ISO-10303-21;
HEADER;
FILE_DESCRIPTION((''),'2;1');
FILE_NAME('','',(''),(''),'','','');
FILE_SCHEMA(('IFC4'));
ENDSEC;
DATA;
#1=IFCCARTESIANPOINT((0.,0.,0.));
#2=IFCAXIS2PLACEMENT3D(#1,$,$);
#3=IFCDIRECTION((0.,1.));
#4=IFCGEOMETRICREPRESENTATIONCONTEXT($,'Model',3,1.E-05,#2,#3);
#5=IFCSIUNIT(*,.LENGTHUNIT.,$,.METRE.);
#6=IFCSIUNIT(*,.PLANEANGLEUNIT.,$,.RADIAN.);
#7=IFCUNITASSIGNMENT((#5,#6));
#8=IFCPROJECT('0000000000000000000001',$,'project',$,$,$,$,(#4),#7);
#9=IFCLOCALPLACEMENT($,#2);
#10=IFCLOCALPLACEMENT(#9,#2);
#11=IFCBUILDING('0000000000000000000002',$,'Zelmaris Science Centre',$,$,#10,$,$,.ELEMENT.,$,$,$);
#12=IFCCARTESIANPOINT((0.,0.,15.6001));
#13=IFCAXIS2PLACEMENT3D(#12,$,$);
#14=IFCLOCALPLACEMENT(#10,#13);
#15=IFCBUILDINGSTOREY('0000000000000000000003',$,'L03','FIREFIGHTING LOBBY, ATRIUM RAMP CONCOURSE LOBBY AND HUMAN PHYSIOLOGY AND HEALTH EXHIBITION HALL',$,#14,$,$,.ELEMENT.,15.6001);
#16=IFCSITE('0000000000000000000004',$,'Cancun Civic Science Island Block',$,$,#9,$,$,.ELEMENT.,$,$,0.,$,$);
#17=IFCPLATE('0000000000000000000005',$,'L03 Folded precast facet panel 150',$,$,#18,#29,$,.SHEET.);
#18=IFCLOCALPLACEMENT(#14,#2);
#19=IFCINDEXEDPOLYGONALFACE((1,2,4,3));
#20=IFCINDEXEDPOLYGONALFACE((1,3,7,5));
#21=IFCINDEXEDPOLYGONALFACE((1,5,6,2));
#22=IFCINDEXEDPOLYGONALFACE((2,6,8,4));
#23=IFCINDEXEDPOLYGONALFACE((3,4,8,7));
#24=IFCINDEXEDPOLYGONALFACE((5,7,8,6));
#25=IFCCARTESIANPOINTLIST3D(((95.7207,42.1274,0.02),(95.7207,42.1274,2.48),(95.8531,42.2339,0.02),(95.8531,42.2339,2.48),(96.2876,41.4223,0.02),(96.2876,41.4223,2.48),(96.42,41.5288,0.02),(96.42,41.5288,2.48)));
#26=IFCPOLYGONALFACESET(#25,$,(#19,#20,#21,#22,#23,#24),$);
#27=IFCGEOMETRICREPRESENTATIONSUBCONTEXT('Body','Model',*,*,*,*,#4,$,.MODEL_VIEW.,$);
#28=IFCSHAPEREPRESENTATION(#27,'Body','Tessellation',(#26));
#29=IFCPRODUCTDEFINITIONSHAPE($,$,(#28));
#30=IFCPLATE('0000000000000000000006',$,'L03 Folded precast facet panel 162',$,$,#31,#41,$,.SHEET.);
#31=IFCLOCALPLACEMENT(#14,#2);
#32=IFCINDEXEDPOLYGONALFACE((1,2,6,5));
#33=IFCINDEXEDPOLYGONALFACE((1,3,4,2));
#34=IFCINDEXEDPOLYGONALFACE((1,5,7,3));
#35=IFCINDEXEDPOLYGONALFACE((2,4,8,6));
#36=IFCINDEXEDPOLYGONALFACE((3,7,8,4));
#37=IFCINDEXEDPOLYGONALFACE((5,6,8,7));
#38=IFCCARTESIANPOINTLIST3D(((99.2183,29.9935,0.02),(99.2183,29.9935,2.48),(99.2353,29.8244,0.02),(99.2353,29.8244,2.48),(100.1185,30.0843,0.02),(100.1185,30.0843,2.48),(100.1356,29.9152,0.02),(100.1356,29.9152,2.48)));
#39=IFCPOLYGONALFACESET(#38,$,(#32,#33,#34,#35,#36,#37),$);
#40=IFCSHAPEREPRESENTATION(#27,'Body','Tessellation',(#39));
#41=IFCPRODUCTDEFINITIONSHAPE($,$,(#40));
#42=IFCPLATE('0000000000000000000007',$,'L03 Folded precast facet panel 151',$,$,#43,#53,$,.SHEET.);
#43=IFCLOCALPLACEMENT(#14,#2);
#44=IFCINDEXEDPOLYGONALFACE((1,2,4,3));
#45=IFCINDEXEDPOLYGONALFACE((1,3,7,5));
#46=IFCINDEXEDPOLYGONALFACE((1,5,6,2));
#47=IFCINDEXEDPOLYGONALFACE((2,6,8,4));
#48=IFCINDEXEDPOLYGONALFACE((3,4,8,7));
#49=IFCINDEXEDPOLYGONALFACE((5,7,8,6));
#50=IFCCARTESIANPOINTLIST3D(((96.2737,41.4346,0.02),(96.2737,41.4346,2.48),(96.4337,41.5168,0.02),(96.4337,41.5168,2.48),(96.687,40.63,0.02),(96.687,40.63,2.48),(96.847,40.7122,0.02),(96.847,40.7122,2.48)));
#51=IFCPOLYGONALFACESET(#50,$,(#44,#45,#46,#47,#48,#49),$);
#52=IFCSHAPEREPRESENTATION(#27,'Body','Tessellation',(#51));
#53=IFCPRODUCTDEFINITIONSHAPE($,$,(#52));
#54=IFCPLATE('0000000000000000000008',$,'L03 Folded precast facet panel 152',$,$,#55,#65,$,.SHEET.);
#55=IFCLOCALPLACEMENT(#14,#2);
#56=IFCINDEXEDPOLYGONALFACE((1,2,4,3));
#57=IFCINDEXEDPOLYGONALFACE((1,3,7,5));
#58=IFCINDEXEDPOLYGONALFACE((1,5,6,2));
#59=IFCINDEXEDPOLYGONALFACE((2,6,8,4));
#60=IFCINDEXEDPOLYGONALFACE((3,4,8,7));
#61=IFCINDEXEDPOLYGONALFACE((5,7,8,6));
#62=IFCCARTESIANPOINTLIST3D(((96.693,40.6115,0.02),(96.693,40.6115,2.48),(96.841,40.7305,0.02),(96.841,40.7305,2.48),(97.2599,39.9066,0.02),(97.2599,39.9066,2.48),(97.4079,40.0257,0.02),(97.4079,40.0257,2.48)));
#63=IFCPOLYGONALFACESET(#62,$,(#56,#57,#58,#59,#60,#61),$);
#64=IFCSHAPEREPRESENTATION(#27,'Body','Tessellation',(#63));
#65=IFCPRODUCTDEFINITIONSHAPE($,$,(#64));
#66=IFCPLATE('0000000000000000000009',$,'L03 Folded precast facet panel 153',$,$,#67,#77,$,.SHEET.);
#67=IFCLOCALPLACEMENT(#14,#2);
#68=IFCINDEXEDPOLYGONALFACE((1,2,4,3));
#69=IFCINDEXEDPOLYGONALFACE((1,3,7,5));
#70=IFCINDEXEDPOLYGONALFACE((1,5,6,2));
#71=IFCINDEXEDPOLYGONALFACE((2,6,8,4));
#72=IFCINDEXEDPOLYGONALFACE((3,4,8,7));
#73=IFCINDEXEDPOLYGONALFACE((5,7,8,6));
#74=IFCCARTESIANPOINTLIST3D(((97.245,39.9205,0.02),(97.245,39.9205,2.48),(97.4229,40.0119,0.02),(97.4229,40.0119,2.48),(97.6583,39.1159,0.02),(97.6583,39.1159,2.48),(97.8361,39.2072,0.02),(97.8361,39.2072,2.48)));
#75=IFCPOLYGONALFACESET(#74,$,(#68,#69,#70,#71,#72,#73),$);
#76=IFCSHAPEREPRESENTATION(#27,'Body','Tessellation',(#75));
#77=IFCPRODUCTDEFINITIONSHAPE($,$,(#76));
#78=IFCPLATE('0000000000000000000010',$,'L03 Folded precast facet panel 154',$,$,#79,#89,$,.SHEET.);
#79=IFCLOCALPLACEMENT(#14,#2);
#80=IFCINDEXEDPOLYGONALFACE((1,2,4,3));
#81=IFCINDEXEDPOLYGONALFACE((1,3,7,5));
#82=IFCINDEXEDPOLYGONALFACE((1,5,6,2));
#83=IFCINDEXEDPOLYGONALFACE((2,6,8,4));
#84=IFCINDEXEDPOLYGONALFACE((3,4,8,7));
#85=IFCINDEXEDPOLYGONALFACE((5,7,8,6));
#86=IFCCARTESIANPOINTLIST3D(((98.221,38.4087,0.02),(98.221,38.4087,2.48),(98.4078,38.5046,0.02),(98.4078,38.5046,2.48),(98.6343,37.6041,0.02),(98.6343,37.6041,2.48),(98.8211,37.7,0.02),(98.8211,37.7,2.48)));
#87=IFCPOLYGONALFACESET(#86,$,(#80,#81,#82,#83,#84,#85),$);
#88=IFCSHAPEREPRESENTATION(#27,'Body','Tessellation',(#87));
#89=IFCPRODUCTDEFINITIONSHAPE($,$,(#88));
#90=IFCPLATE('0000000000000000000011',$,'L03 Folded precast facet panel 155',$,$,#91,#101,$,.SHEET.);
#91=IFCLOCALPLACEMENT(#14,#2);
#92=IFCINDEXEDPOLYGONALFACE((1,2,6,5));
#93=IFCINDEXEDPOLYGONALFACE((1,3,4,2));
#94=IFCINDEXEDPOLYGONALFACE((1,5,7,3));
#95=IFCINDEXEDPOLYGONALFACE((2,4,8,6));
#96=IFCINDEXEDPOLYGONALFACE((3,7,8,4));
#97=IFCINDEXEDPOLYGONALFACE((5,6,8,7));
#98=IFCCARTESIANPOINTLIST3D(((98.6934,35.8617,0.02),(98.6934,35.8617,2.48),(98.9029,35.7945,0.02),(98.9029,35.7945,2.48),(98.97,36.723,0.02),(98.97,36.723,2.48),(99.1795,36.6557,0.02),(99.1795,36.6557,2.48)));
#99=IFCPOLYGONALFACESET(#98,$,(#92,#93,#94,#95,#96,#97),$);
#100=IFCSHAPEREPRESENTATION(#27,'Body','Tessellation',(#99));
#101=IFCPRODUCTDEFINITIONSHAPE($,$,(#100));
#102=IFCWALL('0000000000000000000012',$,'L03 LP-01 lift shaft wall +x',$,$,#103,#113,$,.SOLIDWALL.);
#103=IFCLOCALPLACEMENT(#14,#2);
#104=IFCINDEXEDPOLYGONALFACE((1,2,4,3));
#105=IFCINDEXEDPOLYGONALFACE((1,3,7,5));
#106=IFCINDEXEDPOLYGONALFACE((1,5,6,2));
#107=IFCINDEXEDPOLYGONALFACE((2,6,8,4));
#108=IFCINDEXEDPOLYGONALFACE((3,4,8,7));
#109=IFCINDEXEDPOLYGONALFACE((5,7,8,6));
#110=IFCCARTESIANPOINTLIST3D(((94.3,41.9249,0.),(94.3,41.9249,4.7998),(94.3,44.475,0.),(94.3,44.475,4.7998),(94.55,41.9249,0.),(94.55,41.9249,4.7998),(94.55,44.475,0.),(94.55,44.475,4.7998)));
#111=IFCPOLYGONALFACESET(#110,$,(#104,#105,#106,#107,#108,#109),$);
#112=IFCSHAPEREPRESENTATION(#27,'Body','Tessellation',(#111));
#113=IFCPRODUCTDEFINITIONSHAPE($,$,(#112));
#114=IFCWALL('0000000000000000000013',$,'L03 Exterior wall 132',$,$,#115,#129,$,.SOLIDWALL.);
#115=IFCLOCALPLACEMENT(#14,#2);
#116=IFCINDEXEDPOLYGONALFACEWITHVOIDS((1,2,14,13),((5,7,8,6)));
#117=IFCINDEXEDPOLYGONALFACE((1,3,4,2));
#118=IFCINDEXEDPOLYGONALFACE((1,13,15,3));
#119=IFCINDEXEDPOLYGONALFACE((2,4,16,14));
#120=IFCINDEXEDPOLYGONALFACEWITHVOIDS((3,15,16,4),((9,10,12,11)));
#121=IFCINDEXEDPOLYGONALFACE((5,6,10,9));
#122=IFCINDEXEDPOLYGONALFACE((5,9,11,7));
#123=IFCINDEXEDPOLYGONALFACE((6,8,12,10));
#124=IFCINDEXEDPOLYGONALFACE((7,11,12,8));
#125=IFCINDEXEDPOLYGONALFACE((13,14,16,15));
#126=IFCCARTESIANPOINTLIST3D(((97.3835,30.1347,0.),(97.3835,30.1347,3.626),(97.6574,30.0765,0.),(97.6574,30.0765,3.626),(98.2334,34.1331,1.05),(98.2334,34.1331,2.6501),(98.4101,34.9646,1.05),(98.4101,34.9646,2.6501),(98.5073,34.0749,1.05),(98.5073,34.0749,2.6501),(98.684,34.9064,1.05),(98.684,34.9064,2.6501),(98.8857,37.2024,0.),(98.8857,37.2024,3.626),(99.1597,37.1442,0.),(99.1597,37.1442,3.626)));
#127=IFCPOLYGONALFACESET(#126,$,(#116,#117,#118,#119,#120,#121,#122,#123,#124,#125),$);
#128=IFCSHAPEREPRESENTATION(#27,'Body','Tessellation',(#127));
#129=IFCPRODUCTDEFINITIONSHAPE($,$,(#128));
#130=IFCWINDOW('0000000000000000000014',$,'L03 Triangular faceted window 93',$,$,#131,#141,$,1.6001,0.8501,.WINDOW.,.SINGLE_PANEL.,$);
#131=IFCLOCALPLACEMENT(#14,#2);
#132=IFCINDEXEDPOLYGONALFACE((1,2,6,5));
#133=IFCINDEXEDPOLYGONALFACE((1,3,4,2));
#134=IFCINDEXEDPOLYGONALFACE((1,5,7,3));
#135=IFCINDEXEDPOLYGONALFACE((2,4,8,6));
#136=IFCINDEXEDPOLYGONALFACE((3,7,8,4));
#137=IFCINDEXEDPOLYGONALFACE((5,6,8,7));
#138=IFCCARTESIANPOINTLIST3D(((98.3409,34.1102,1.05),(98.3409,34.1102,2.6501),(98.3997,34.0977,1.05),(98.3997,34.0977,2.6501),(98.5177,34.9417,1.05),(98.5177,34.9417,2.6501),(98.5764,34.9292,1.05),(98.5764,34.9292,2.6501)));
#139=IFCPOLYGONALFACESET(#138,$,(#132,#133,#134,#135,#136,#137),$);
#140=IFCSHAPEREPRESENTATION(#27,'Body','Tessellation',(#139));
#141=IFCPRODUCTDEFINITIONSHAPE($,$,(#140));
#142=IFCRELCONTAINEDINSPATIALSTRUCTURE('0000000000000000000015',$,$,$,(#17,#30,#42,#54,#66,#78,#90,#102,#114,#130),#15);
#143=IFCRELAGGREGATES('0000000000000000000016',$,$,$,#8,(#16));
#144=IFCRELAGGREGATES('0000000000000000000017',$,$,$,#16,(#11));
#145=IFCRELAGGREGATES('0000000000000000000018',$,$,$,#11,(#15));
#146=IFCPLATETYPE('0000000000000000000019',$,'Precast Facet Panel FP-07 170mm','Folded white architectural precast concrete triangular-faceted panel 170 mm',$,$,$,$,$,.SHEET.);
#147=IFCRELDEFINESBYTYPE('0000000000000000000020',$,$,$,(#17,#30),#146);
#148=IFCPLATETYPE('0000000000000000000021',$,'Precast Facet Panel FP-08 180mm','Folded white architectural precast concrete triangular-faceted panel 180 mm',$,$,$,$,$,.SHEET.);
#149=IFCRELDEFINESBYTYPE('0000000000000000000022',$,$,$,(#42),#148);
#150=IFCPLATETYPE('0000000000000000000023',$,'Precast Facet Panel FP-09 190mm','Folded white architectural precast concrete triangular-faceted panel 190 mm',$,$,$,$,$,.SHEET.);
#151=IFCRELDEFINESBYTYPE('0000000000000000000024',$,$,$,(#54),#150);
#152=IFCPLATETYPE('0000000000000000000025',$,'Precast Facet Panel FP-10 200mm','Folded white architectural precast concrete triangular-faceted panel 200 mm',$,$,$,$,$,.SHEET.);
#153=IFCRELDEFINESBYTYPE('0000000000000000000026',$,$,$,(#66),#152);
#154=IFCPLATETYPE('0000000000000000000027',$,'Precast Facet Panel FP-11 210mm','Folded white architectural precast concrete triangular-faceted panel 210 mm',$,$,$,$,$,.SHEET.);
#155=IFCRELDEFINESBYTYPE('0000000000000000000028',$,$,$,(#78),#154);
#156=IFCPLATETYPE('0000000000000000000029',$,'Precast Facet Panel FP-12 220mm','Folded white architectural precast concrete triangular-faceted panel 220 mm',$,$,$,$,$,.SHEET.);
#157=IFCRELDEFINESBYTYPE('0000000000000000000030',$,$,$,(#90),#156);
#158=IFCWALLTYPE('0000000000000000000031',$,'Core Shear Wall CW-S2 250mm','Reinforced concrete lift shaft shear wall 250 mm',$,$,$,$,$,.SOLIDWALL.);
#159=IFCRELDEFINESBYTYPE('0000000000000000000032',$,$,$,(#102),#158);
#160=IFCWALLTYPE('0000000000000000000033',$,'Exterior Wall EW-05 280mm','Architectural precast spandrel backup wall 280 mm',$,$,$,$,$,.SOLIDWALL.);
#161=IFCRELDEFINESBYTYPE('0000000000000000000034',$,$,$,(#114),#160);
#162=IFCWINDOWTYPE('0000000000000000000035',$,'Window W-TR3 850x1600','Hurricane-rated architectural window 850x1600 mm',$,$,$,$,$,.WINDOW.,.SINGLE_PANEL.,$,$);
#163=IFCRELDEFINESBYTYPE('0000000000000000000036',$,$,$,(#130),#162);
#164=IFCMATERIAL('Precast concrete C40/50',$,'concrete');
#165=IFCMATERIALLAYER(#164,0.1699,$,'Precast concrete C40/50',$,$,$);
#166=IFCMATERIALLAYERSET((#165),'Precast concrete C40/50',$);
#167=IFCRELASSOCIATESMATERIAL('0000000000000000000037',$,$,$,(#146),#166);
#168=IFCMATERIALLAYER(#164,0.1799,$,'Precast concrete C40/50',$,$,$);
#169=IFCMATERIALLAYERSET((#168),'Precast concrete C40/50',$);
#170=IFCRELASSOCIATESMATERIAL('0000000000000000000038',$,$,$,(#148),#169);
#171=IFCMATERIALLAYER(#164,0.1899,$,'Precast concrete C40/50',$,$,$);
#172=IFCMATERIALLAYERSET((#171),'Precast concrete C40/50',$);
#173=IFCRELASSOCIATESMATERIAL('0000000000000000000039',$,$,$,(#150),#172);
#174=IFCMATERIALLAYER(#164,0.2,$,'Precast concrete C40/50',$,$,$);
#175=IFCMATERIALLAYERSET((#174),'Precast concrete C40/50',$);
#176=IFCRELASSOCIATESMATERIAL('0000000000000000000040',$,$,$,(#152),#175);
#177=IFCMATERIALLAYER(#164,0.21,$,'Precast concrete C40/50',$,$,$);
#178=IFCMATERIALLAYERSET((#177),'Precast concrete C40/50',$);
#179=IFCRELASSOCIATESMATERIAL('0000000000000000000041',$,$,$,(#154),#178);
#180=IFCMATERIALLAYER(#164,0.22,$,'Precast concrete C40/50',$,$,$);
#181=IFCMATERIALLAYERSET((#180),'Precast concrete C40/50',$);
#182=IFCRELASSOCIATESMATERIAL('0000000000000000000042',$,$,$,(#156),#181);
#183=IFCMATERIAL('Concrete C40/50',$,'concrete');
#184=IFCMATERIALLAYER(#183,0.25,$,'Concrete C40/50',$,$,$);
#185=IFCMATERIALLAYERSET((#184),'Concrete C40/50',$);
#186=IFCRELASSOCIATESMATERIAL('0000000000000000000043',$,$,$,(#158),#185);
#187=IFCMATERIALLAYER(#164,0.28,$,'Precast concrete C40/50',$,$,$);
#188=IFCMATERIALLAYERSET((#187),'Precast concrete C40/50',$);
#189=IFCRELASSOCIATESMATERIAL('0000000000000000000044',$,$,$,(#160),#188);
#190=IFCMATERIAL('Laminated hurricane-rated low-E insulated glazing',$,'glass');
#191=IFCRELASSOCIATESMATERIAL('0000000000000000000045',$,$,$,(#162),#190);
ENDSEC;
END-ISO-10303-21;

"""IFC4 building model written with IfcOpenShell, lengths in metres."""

from ifc_helpers import new_model, si_unit, direction, frame, frame_2d, origin, place, context, subcontext, project, spatial, rectangle, extrude, material, layer, layer_set, type_object, element, fill, save


model = new_model("IFC4")

# Units and contexts
model_context = context("Model", 3, precision=1e-05, world=origin(), true_north=direction((0.0, 1.0)))
body_context = subcontext(model_context, "Body", "Model", "MODEL_VIEW")
ifc_project = project(units=[si_unit("LENGTHUNIT", "METRE"), si_unit("PLANEANGLEUNIT", "RADIAN")], contexts=[model_context])

# Site, building, storey
site_placement = place(None, origin())
site = spatial("IfcSite", under=ifc_project, at=site_placement, Name="Cancun Civic Science Island Block", CompositionType="ELEMENT", RefElevation=0.0)
building_placement = place(site_placement, origin())
building = spatial("IfcBuilding", under=site, at=building_placement, Name="Zelmaris Science Centre", CompositionType="ELEMENT")
storey_placement = place(building_placement, frame((0.0, 0.0, 15.6001)))
storey = spatial("IfcBuildingStorey", under=building, at=storey_placement, Name="L03", Description="FIREFIGHTING LOBBY, ATRIUM RAMP CONCOURSE LOBBY AND HUMAN PHYSIOLOGY AND HEALTH EXHIBITION HALL", CompositionType="ELEMENT", Elevation=15.6001)

# Plates
ifc_material_1 = material(Name="Precast concrete C40/50", Category="concrete")
ifc_layer_1 = layer(ifc_material_1, 0.1699, Name="Precast concrete C40/50")
ifc_layer_set_1 = layer_set([ifc_layer_1], Name="Precast concrete C40/50")
plate_type_1 = type_object("IfcPlateType", Name="Precast Facet Panel FP-07 170mm", Description="Folded white architectural precast concrete triangular-faceted panel 170 mm", PredefinedType="SHEET", material=ifc_layer_set_1)
for number, where, z_axis, x_axis, name in (
    (1, (95.7869, 42.1807, 0.02), (0.0, 0.0, 1.0), (0.626602, -0.779339, 0.0), "L03 Folded precast facet panel 150"),
    (2, (99.2268, 29.9089, 0.02), (0.0, 0.0, 1.0), (0.994949, 0.100385, 0.0), "L03 Folded precast facet panel 162"),
):
    element("IfcPlate", number, at=place(storey_placement, frame(where, z_axis=z_axis, x_axis=x_axis)), inside=storey, type_object=plate_type_1, Name=name, PredefinedType="SHEET", context=body_context, shape_type="SweptSolid", body=[
        extrude(rectangle(XDim=0.9048, YDim=0.1699, at=frame_2d((0.4524, 0.0))), origin(), (0.0, 0.0, 1.0), 2.46),
    ])
ifc_layer_2 = layer(ifc_material_1, 0.1799, Name="Precast concrete C40/50")
ifc_layer_set_2 = layer_set([ifc_layer_2], Name="Precast concrete C40/50")
plate_type_2 = type_object("IfcPlateType", Name="Precast Facet Panel FP-08 180mm", Description="Folded white architectural precast concrete triangular-faceted panel 180 mm", PredefinedType="SHEET", material=ifc_layer_set_2)
plate_1_placement = place(storey_placement, frame((96.3538, 41.4756, 0.02), z_axis=(0.0, 0.0, 1.0), x_axis=(0.456903, -0.889517, 0.0)))
element("IfcPlate", 3, at=plate_1_placement, inside=storey, type_object=plate_type_2, Name="L03 Folded precast facet panel 151", PredefinedType="SHEET", context=body_context, shape_type="SweptSolid", body=[
    extrude(rectangle(XDim=0.9045, YDim=0.1799, at=frame_2d((0.4521, 0.0))), origin(), (0.0, 0.0, 1.0), 2.46),
])
ifc_layer_3 = layer(ifc_material_1, 0.1899, Name="Precast concrete C40/50")
ifc_layer_set_3 = layer_set([ifc_layer_3], Name="Precast concrete C40/50")
plate_type_3 = type_object("IfcPlateType", Name="Precast Facet Panel FP-09 190mm", Description="Folded white architectural precast concrete triangular-faceted panel 190 mm", PredefinedType="SHEET", material=ifc_layer_set_3)
plate_2_placement = place(storey_placement, frame((96.7671, 40.6709, 0.02), z_axis=(0.0, 0.0, 1.0), x_axis=(0.626734, -0.779234, 0.0)))
element("IfcPlate", 4, at=plate_2_placement, inside=storey, type_object=plate_type_3, Name="L03 Folded precast facet panel 152", PredefinedType="SHEET", context=body_context, shape_type="SweptSolid", body=[
    extrude(rectangle(XDim=0.9045, YDim=0.1899, at=frame_2d((0.4521, 0.0))), origin(), (0.0, 0.0, 1.0), 2.46),
])
ifc_layer_4 = layer(ifc_material_1, 0.2, Name="Precast concrete C40/50")
ifc_layer_set_4 = layer_set([ifc_layer_4], Name="Precast concrete C40/50")
plate_type_4 = type_object("IfcPlateType", Name="Precast Facet Panel FP-10 200mm", Description="Folded white architectural precast concrete triangular-faceted panel 200 mm", PredefinedType="SHEET", material=ifc_layer_set_4)
plate_3_placement = place(storey_placement, frame((97.334, 39.9661, 0.02), z_axis=(0.0, 0.0, 1.0), x_axis=(0.456903, -0.889517, 0.0)))
element("IfcPlate", 5, at=plate_3_placement, inside=storey, type_object=plate_type_4, Name="L03 Folded precast facet panel 153", PredefinedType="SHEET", context=body_context, shape_type="SweptSolid", body=[
    extrude(rectangle(XDim=0.9045, YDim=0.2, at=frame_2d((0.4521, 0.0))), origin(), (0.0, 0.0, 1.0), 2.46),
])
ifc_layer_5 = layer(ifc_material_1, 0.21, Name="Precast concrete C40/50")
ifc_layer_set_5 = layer_set([ifc_layer_5], Name="Precast concrete C40/50")
plate_type_5 = type_object("IfcPlateType", Name="Precast Facet Panel FP-11 210mm", Description="Folded white architectural precast concrete triangular-faceted panel 210 mm", PredefinedType="SHEET", material=ifc_layer_set_5)
plate_4_placement = place(storey_placement, frame((98.3145, 38.4565, 0.02), z_axis=(0.0, 0.0, 1.0), x_axis=(0.456903, -0.889517, 0.0)))
element("IfcPlate", 6, at=plate_4_placement, inside=storey, type_object=plate_type_5, Name="L03 Folded precast facet panel 154", PredefinedType="SHEET", context=body_context, shape_type="SweptSolid", body=[
    extrude(rectangle(XDim=0.9045, YDim=0.21, at=frame_2d((0.4521, 0.0))), origin(), (0.0, 0.0, 1.0), 2.46),
])
ifc_layer_6 = layer(ifc_material_1, 0.22, Name="Precast concrete C40/50")
ifc_layer_set_6 = layer_set([ifc_layer_6], Name="Precast concrete C40/50")
plate_type_6 = type_object("IfcPlateType", Name="Precast Facet Panel FP-12 220mm", Description="Folded white architectural precast concrete triangular-faceted panel 220 mm", PredefinedType="SHEET", material=ifc_layer_set_6)
plate_5_placement = place(storey_placement, frame((99.0747, 36.6892, 0.02), z_axis=(0.0, 0.0, 1.0), x_axis=(-0.305765, -0.952107, 0.0)))
element("IfcPlate", 7, at=plate_5_placement, inside=storey, type_object=plate_type_6, Name="L03 Folded precast facet panel 155", PredefinedType="SHEET", context=body_context, shape_type="SweptSolid", body=[
    extrude(rectangle(XDim=0.9045, YDim=0.22, at=frame_2d((0.4521, 0.0))), origin(), (0.0, 0.0, 1.0), 2.46),
])

# Wall
ifc_material_2 = material(Name="Concrete C40/50", Category="concrete")
ifc_layer_7 = layer(ifc_material_2, 0.25, Name="Concrete C40/50")
ifc_layer_set_7 = layer_set([ifc_layer_7], Name="Concrete C40/50")
wall_type_1 = type_object("IfcWallType", Name="Core Shear Wall CW-S2 250mm", Description="Reinforced concrete lift shaft shear wall 250 mm", PredefinedType="SOLIDWALL", material=ifc_layer_set_7)
wall_1_placement = place(storey_placement, frame((94.425, 41.925, 0.0), z_axis=(0.0, 0.0, 1.0), x_axis=(0.0, 1.0, 0.0)))
element("IfcWall", 8, at=wall_1_placement, inside=storey, type_object=wall_type_1, Name="L03 LP-01 lift shaft wall +x", PredefinedType="SOLIDWALL", context=body_context, shape_type="SweptSolid", body=[
    extrude(rectangle(XDim=2.55, YDim=0.25, at=frame_2d((1.2749, 0.0))), origin(), (0.0, 0.0, 1.0), 4.7998),
])

# Wall, opening, window
ifc_layer_8 = layer(ifc_material_1, 0.28, Name="Precast concrete C40/50")
ifc_layer_set_8 = layer_set([ifc_layer_8], Name="Precast concrete C40/50")
wall_type_2 = type_object("IfcWallType", Name="Exterior Wall EW-05 280mm", Description="Architectural precast spandrel backup wall 280 mm", PredefinedType="SOLIDWALL", material=ifc_layer_set_8)
wall_2_placement = place(storey_placement, frame((99.0227, 37.1733, 0.0), z_axis=(0.0, 0.0, 1.0), x_axis=(-0.207902, -0.97815, 0.0)))
wall_2 = element("IfcWall", 9, at=wall_2_placement, inside=storey, type_object=wall_type_2, Name="L03 Exterior wall 132", PredefinedType="SOLIDWALL", context=body_context, shape_type="SweptSolid", body=[
    extrude(rectangle(XDim=7.2256, YDim=0.28, at=frame_2d((3.6128, 0.0))), origin(), (0.0, 0.0, 1.0), 3.626),
])
opening_placement = place(wall_2_placement, frame((2.2878, 0.0, 1.05)))
opening = element("IfcOpeningElement", 10, at=opening_placement, cuts=wall_2, PredefinedType="OPENING", context=body_context, shape_type="SweptSolid", body=[
    extrude(rectangle(XDim=0.8501, YDim=1.6001, at=frame_2d((0.425, 0.8))), frame((0.0, 0.1499, 0.0), z_axis=(0.0, -1.0, 0.0), x_axis=(1.0, 0.0, 0.0)), (0.0, 0.0, 1.0), 0.3),
])
ifc_material_3 = material(Name="Laminated hurricane-rated low-E insulated glazing", Category="glass")
window_type = type_object("IfcWindowType", Name="Window W-TR3 850x1600", Description="Hurricane-rated architectural window 850x1600 mm", PartitioningType="SINGLE_PANEL", PredefinedType="WINDOW", material=ifc_material_3)
window_placement = place(opening_placement, origin())
window = element("IfcWindow", 11, at=window_placement, inside=storey, type_object=window_type, Name="L03 Triangular faceted window 93", OverallHeight=1.6001, OverallWidth=0.8501, PartitioningType="SINGLE_PANEL", PredefinedType="WINDOW", context=body_context, shape_type="SweptSolid", body=[
    extrude(rectangle(XDim=0.8501, YDim=1.6001, at=frame_2d((0.425, 0.8))), frame((0.0, 0.03, 0.0), z_axis=(0.0, -1.0, 0.0), x_axis=(1.0, 0.0, 0.0)), (0.0, 0.0, 1.0), 0.0601),
])
fill(opening, window)

save(model, "model.ifc")
